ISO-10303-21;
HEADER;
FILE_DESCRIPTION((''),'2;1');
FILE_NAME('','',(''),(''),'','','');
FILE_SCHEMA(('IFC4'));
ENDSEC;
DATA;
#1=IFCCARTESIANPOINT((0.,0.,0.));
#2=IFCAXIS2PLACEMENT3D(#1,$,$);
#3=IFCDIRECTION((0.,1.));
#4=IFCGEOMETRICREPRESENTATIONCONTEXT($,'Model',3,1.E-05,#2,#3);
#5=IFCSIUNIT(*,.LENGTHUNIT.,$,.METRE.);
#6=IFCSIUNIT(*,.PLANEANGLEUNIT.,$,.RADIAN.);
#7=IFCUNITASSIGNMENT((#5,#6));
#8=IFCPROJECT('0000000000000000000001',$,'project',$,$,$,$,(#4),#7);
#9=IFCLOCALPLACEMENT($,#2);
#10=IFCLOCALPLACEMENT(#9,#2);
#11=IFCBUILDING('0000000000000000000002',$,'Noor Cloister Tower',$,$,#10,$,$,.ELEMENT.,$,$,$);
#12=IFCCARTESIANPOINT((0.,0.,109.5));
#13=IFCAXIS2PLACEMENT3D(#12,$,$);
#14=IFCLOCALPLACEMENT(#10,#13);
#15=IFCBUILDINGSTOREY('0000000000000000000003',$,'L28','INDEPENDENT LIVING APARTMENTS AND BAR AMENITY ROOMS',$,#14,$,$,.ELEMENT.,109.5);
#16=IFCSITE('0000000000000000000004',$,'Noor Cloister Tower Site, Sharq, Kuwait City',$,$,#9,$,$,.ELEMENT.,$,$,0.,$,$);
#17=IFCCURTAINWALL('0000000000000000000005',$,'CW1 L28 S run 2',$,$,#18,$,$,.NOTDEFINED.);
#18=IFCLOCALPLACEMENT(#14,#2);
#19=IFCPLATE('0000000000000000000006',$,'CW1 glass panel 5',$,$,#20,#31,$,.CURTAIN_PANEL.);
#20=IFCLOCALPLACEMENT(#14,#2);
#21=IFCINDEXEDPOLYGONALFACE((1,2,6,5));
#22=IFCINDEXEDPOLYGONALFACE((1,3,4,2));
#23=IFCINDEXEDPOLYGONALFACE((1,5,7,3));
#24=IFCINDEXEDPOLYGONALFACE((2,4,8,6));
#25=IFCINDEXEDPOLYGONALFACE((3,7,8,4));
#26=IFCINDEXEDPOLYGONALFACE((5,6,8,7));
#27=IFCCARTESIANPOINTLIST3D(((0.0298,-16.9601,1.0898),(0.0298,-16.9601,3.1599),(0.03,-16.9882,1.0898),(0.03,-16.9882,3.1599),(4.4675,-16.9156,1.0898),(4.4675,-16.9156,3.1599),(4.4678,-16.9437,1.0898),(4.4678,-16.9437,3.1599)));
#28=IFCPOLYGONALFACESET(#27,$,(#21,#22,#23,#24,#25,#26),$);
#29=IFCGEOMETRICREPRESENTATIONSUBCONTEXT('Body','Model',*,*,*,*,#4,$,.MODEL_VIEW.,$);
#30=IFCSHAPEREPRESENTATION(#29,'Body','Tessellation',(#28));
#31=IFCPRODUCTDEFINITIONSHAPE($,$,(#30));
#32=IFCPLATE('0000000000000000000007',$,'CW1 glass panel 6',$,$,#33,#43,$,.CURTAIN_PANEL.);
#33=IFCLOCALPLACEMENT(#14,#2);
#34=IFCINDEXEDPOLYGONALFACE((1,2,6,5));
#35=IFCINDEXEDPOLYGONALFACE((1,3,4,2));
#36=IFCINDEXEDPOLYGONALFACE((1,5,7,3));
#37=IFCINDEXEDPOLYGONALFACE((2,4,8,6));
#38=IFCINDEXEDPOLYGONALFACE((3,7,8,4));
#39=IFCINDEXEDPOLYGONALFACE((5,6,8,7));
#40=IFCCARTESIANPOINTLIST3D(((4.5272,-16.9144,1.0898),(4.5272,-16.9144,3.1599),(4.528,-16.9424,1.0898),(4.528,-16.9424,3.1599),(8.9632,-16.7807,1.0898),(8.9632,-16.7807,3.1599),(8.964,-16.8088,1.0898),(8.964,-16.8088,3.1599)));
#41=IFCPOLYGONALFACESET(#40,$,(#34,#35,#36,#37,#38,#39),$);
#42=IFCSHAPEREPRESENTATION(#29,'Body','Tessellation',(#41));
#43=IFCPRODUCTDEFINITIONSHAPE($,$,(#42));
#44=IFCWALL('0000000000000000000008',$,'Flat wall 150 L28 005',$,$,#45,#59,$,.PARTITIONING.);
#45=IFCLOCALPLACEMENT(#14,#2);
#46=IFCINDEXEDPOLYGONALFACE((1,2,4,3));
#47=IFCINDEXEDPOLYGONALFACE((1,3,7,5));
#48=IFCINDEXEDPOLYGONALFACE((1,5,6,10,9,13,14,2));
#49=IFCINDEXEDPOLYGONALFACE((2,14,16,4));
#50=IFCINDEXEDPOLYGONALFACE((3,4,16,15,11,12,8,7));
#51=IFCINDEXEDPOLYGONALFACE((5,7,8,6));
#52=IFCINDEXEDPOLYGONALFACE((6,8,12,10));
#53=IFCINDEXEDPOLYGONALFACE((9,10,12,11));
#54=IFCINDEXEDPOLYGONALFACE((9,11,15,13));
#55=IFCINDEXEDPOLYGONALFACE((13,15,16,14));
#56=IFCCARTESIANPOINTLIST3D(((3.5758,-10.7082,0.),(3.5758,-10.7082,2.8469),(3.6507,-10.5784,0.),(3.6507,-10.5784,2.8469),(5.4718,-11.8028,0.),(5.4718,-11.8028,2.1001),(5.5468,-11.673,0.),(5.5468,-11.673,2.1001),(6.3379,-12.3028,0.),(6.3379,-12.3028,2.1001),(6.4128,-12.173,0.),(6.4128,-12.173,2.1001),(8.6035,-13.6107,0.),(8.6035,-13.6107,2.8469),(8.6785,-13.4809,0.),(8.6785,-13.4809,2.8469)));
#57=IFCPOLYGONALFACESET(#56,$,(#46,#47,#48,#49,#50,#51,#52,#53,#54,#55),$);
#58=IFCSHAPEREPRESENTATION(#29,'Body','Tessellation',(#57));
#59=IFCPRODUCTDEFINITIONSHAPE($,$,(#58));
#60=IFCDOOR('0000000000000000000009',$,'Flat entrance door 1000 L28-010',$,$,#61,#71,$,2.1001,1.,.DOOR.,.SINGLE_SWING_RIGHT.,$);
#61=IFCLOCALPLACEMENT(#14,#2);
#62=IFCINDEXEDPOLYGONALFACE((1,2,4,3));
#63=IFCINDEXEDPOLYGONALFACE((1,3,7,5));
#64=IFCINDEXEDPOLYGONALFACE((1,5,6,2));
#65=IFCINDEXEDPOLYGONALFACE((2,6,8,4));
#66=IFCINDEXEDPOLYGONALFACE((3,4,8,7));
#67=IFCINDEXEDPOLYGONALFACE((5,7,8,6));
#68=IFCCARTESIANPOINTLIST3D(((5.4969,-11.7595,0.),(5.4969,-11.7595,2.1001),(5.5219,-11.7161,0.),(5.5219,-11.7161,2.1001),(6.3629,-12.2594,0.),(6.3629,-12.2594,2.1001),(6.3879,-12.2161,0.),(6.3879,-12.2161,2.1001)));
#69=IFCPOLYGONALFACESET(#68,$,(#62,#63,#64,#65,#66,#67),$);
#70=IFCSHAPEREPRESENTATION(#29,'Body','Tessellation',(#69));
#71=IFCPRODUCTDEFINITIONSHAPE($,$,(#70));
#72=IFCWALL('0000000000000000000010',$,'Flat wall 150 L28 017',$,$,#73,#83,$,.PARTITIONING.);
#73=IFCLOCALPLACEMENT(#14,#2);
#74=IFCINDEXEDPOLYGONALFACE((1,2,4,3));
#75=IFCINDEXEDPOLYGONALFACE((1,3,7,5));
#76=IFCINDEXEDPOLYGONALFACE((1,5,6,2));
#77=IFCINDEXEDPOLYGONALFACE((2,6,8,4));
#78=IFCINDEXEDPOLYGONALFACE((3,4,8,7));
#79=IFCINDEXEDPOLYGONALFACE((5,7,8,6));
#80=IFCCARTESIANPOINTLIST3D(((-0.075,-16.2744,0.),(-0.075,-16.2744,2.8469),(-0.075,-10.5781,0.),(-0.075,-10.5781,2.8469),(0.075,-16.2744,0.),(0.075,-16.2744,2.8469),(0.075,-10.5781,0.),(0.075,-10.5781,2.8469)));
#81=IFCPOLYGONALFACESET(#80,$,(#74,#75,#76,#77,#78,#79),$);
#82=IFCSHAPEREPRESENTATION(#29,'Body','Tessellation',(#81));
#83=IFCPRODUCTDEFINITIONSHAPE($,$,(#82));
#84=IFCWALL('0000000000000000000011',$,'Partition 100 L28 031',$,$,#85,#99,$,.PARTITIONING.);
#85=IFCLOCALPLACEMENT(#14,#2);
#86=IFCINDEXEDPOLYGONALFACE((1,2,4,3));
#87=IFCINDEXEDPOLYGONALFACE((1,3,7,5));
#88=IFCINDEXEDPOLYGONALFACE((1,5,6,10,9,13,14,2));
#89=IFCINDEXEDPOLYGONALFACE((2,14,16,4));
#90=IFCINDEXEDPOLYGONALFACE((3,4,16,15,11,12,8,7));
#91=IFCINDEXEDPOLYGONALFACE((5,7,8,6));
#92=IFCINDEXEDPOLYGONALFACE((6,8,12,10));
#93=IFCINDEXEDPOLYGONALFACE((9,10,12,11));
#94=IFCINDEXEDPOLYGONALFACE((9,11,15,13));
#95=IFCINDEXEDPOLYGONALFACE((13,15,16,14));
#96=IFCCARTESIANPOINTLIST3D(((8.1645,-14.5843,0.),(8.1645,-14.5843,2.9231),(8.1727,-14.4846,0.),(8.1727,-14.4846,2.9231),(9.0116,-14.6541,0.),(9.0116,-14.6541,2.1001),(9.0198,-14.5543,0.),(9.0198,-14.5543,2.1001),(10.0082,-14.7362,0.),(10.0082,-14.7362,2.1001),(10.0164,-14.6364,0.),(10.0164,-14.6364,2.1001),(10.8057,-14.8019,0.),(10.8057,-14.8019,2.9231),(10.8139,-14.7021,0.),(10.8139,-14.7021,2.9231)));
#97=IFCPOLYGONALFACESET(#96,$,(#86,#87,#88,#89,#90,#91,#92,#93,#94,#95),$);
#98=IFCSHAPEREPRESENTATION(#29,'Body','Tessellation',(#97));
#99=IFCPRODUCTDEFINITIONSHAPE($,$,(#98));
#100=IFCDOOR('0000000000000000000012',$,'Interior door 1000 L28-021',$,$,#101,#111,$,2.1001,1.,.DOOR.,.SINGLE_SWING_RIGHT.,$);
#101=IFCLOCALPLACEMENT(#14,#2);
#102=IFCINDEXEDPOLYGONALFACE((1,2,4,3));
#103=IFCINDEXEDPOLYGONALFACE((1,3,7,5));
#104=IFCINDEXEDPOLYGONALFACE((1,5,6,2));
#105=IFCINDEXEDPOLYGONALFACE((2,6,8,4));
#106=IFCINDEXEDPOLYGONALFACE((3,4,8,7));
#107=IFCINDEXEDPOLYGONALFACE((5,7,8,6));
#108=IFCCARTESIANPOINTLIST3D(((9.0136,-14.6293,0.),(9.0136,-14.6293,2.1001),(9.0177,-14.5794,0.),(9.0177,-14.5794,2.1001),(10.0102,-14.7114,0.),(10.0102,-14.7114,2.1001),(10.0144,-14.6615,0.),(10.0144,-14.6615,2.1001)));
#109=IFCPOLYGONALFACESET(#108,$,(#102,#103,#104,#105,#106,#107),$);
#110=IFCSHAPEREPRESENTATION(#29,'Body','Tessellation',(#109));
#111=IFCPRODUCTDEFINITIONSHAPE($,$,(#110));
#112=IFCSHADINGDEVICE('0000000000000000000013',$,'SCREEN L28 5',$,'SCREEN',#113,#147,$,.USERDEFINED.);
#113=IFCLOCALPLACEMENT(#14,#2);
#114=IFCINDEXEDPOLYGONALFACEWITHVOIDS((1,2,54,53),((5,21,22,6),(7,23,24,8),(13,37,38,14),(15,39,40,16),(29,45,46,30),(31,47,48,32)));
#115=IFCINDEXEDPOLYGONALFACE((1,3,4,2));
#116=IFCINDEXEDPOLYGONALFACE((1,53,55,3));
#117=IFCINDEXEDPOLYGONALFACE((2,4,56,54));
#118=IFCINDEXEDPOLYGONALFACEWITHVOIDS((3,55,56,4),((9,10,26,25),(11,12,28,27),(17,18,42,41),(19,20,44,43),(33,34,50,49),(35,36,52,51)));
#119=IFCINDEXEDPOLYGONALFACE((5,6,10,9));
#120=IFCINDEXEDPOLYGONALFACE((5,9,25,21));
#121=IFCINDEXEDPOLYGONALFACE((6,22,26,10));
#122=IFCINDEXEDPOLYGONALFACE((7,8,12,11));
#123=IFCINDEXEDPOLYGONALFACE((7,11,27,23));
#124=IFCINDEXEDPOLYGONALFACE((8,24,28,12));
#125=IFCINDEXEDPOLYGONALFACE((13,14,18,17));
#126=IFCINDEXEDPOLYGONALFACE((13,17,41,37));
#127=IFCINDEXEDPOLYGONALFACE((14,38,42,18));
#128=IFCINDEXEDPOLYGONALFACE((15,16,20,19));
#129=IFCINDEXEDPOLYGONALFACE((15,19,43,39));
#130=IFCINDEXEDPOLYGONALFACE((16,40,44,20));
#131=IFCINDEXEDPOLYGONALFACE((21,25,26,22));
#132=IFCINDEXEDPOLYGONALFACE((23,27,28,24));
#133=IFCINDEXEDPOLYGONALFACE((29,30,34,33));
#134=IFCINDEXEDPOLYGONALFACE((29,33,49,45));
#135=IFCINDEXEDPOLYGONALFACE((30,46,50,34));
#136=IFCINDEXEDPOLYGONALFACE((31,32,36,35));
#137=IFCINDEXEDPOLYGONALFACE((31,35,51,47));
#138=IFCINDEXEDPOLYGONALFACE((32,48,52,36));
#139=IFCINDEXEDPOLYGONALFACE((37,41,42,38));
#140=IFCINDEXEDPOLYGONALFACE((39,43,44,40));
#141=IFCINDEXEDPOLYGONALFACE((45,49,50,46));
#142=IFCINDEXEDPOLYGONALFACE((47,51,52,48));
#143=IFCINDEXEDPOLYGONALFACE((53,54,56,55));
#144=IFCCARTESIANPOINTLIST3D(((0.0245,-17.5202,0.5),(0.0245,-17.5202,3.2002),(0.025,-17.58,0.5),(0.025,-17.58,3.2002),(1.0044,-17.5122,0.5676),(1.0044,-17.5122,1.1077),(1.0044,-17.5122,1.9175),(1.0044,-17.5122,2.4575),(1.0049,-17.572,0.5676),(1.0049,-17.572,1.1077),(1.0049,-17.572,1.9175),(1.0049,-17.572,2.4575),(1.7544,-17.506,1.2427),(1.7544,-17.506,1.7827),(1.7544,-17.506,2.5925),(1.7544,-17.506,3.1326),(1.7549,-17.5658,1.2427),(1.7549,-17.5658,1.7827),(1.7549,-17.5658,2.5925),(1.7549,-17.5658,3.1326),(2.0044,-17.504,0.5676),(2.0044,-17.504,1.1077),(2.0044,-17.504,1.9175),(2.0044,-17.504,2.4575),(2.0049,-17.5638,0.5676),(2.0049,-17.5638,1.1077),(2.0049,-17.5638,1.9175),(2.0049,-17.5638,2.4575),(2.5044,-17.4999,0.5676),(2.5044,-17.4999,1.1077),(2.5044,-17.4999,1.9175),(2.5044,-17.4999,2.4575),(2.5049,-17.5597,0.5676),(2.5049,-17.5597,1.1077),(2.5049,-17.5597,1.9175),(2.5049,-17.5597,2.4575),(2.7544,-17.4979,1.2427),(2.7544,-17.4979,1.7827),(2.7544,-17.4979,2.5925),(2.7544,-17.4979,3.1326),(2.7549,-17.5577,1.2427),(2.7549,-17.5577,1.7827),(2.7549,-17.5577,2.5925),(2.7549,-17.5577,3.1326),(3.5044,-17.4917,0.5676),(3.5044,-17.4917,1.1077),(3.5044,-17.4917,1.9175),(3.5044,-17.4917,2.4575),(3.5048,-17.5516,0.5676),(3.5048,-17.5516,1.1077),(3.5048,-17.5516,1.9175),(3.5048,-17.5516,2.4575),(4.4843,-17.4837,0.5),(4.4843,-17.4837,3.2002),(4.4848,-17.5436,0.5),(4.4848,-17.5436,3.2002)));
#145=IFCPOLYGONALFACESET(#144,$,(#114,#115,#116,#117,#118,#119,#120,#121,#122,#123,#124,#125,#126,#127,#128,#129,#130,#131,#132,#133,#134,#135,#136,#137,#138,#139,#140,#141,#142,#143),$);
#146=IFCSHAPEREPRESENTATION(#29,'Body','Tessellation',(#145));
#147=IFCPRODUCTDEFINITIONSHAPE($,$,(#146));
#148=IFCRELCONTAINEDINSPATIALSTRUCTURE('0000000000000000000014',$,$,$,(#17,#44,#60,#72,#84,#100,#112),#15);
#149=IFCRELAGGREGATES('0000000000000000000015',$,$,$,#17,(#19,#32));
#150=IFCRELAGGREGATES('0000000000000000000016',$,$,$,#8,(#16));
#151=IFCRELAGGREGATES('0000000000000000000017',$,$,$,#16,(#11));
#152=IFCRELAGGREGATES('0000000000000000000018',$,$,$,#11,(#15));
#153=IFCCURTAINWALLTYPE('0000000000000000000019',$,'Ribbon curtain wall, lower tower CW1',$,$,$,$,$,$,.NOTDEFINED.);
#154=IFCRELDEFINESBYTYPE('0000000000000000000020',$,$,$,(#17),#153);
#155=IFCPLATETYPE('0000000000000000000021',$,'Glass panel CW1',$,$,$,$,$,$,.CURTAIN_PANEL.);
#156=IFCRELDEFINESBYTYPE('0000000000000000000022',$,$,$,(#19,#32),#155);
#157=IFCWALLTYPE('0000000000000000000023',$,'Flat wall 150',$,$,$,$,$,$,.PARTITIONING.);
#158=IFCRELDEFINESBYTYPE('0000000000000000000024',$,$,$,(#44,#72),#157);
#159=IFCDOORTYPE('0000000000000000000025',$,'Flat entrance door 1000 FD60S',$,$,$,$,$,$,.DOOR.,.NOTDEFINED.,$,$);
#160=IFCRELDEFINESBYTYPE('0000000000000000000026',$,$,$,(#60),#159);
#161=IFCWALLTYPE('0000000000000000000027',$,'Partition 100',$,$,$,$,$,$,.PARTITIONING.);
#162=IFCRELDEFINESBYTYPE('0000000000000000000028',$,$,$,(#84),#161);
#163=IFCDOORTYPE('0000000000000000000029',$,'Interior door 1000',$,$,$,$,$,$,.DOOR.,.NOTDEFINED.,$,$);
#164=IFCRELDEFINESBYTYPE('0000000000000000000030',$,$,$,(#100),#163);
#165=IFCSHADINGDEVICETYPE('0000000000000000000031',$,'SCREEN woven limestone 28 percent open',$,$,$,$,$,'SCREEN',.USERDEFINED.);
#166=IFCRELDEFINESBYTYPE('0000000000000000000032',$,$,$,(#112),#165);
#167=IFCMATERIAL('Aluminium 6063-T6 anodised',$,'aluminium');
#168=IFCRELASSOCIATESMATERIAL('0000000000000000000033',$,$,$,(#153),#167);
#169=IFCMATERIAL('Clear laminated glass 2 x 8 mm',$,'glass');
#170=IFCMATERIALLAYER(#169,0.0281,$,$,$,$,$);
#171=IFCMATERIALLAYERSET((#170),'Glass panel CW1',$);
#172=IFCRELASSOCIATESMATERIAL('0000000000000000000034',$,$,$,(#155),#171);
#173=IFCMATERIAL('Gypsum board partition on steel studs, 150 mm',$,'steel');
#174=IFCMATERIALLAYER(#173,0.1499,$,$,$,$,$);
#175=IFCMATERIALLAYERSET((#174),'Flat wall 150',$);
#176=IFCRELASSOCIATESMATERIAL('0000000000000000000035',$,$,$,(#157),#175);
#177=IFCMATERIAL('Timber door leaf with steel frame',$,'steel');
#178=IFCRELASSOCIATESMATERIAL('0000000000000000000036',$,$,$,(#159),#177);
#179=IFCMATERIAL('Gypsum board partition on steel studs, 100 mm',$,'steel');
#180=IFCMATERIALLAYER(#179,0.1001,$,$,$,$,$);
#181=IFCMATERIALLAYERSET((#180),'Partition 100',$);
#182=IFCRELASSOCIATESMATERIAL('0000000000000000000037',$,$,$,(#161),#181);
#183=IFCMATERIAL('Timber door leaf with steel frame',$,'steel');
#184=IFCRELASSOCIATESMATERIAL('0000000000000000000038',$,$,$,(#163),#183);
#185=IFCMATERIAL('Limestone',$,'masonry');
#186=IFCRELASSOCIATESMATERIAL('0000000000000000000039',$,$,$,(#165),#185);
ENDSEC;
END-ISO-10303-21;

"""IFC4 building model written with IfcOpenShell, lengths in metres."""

from ifc_helpers import new_model, si_unit, direction, frame, frame_2d, origin, origin_2d, place, context, subcontext, project, spatial, polyline, rectangle, outline, extrude, material, layer, layer_set, material_profile, profile_set, type_object, element, fill, aggregate, save


model = new_model("IFC4")

# Units and contexts
model_context = context("Model", 3, precision=1e-05, world=origin(), true_north=direction((0.0, 1.0)))
body_context = subcontext(model_context, "Body", "Model", "MODEL_VIEW")
ifc_project = project(units=[si_unit("LENGTHUNIT", "METRE"), si_unit("PLANEANGLEUNIT", "RADIAN")], contexts=[model_context])

# Site, building, storey
site_placement = place(None, origin())
site = spatial("IfcSite", under=ifc_project, at=site_placement, Name="Noor Cloister Tower Site, Sharq, Kuwait City", CompositionType="ELEMENT", RefElevation=0.0)
building_placement = place(site_placement, origin())
building = spatial("IfcBuilding", under=site, at=building_placement, Name="Noor Cloister Tower", CompositionType="ELEMENT")
storey_placement = place(building_placement, frame((0.0, 0.0, 109.5)))
storey = spatial("IfcBuildingStorey", under=building, at=storey_placement, Name="L28", Description="INDEPENDENT LIVING APARTMENTS AND BAR AMENITY ROOMS", CompositionType="ELEMENT", Elevation=109.5)

# Curtain wall
ifc_material_1 = material(Name="Aluminium 6063-T6 anodised", Category="aluminium")
curtain_wall_type = type_object("IfcCurtainWallType", Name="Ribbon curtain wall, lower tower CW1", PredefinedType="NOTDEFINED", material=ifc_material_1)
curtain_wall_placement = place(storey_placement, origin())
curtain_wall = element("IfcCurtainWall", 1, at=curtain_wall_placement, inside=storey, type_object=curtain_wall_type, Name="CW1 L28 S run 2", PredefinedType="NOTDEFINED")

# Plates
ifc_material_2 = material(Name="Clear laminated glass 2 x 8 mm", Category="glass")
ifc_layer_1 = layer(ifc_material_2, 0.0281)
ifc_layer_set_1 = layer_set([ifc_layer_1], Name="Glass panel CW1")
plate_type = type_object("IfcPlateType", Name="Glass panel CW1", PredefinedType="CURTAIN_PANEL", material=ifc_layer_set_1)
plate_1_placement = place(storey_placement, frame((2.2488, -16.9519, 1.0898), z_axis=(0.0, 0.0, 1.0), x_axis=(0.99995, 0.010039, 0.0)))
plate_1 = element("IfcPlate", 2, at=plate_1_placement, type_object=plate_type, Name="CW1 glass panel 5", PredefinedType="CURTAIN_PANEL", context=body_context, shape_type="SweptSolid", body=[
    extrude(rectangle(XDim=4.438, YDim=0.0281, at=origin_2d()), origin(), (0.0, 0.0, 1.0), 2.0701),
])
plate_2_placement = place(storey_placement, frame((6.7456, -16.8616, 1.0898), z_axis=(0.0, 0.0, 1.0), x_axis=(0.999546, 0.030114, 0.0)))
plate_2 = element("IfcPlate", 3, at=plate_2_placement, type_object=plate_type, Name="CW1 glass panel 6", PredefinedType="CURTAIN_PANEL", context=body_context, shape_type="SweptSolid", body=[
    extrude(rectangle(XDim=4.438, YDim=0.0281, at=origin_2d()), origin(), (0.0, 0.0, 1.0), 2.0701),
])
aggregate(curtain_wall, [plate_1, plate_2])

# Wall, opening, door
ifc_material_3 = material(Name="Gypsum board partition on steel studs, 150 mm", Category="steel")
ifc_layer_2 = layer(ifc_material_3, 0.1499)
ifc_layer_set_2 = layer_set([ifc_layer_2], Name="Flat wall 150")
wall_type_1 = type_object("IfcWallType", Name="Flat wall 150", PredefinedType="PARTITIONING", material=ifc_layer_set_2)
wall_1_placement = place(storey_placement, frame((8.6411, -13.5459, 0.0), z_axis=(0.0, 0.0, 1.0), x_axis=(-0.866043, 0.49997, 0.0)))
wall_1 = element("IfcWall", 4, at=wall_1_placement, inside=storey, type_object=wall_type_1, Name="Flat wall 150 L28 005", PredefinedType="PARTITIONING", context=body_context, shape_type="SweptSolid", body=[
    extrude(rectangle(XDim=5.8054, YDim=0.1499, at=frame_2d((2.9028, 0.0))), origin(), (0.0, 0.0, 1.0), 2.8469),
])
opening_1_placement = place(wall_1_placement, frame((2.6162, 0.0, 0.0)))
opening_1 = element("IfcOpeningElement", 5, at=opening_1_placement, cuts=wall_1, PredefinedType="OPENING", context=body_context, shape_type="SweptSolid", body=[
    extrude(rectangle(XDim=1.0, YDim=2.1001, at=frame_2d((0.5, 1.05))), frame((0.0, 0.085, 0.0), z_axis=(0.0, -1.0, 0.0), x_axis=(1.0, 0.0, 0.0)), (0.0, 0.0, 1.0), 0.1699),
])
ifc_material_4 = material(Name="Timber door leaf with steel frame", Category="steel")
door_type_1 = type_object("IfcDoorType", Name="Flat entrance door 1000 FD60S", OperationType="NOTDEFINED", PredefinedType="DOOR", material=ifc_material_4)
door_1_placement = place(opening_1_placement, origin())
door_1 = element("IfcDoor", 6, at=door_1_placement, inside=storey, type_object=door_type_1, Name="Flat entrance door 1000 L28-010", OperationType="SINGLE_SWING_RIGHT", OverallHeight=2.1001, OverallWidth=1.0, PredefinedType="DOOR", context=body_context, shape_type="SweptSolid", body=[
    extrude(rectangle(XDim=1.0, YDim=2.1001, at=frame_2d((0.5, 1.05))), frame((0.0, 0.0249, 0.0), z_axis=(0.0, -1.0, 0.0), x_axis=(1.0, 0.0, 0.0)), (0.0, 0.0, 1.0), 0.05),
])
fill(opening_1, door_1)

# Wall
wall_2_placement = place(storey_placement, frame((0.0, -16.2744, 0.0), z_axis=(0.0, 0.0, 1.0), x_axis=(0.0, 1.0, 0.0)))
element("IfcWall", 7, at=wall_2_placement, inside=storey, type_object=wall_type_1, Name="Flat wall 150 L28 017", PredefinedType="PARTITIONING", context=body_context, shape_type="SweptSolid", body=[
    extrude(rectangle(XDim=5.6963, YDim=0.1499, at=frame_2d((2.8481, 0.0))), origin(), (0.0, 0.0, 1.0), 2.8469),
])

# Wall, opening, door
ifc_material_5 = material(Name="Gypsum board partition on steel studs, 100 mm", Category="steel")
ifc_layer_3 = layer(ifc_material_5, 0.1001)
ifc_layer_set_3 = layer_set([ifc_layer_3], Name="Partition 100")
wall_type_2 = type_object("IfcWallType", Name="Partition 100", PredefinedType="PARTITIONING", material=ifc_layer_set_3)
wall_3_placement = place(storey_placement, frame((8.1685, -14.5344, 0.0), z_axis=(0.0, 0.0, 1.0), x_axis=(0.996625, -0.082085, 0.0)))
wall_3 = element("IfcWall", 8, at=wall_3_placement, inside=storey, type_object=wall_type_2, Name="Partition 100 L28 031", PredefinedType="PARTITIONING", context=body_context, shape_type="SweptSolid", body=[
    extrude(rectangle(XDim=2.6501, YDim=0.1001, at=frame_2d((1.3252, 0.0))), origin(), (0.0, 0.0, 1.0), 2.9231),
])
opening_2_placement = place(wall_3_placement, frame((0.8501, 0.0, 0.0)))
opening_2 = element("IfcOpeningElement", 9, at=opening_2_placement, cuts=wall_3, PredefinedType="OPENING", context=body_context, shape_type="SweptSolid", body=[
    extrude(rectangle(XDim=1.0, YDim=2.1001, at=frame_2d((0.5, 1.05))), frame((0.0, 0.0601, 0.0), z_axis=(0.0, -1.0, 0.0), x_axis=(1.0, 0.0, 0.0)), (0.0, 0.0, 1.0), 0.1201),
])
ifc_material_6 = material(Name="Timber door leaf with steel frame", Category="steel")
door_type_2 = type_object("IfcDoorType", Name="Interior door 1000", OperationType="NOTDEFINED", PredefinedType="DOOR", material=ifc_material_6)
door_2_placement = place(opening_2_placement, origin())
door_2 = element("IfcDoor", 10, at=door_2_placement, inside=storey, type_object=door_type_2, Name="Interior door 1000 L28-021", OperationType="SINGLE_SWING_RIGHT", OverallHeight=2.1001, OverallWidth=1.0, PredefinedType="DOOR", context=body_context, shape_type="SweptSolid", body=[
    extrude(rectangle(XDim=1.0, YDim=2.1001, at=frame_2d((0.5, 1.05))), frame((0.0, 0.0249, 0.0), z_axis=(0.0, -1.0, 0.0), x_axis=(1.0, 0.0, 0.0)), (0.0, 0.0, 1.0), 0.05),
])
fill(opening_2, door_2)

# Shading device
ifc_material_7 = material(Name="Limestone", Category="masonry")
ifc_material_profile_1 = material_profile(ifc_material_7, outline(polyline([(-2.23, -1.3501), (2.23, -1.3501), (2.23, 1.3501), (-2.23, 1.3501), (-2.23, -1.3501)]), holes=[polyline([(-1.25, -1.2825), (-0.25, -1.2825), (-0.25, -0.7424), (-1.25, -0.7424), (-1.25, -1.2825)]), polyline([(0.25, -1.2825), (1.25, -1.2825), (1.25, -0.7424), (0.25, -0.7424), (0.25, -1.2825)]), polyline([(-0.5, -0.6074), (0.5, -0.6074), (0.5, -0.0674), (-0.5, -0.0674), (-0.5, -0.6074)]), polyline([(-1.25, 0.0674), (-0.25, 0.0674), (-0.25, 0.6074), (-1.25, 0.6074), (-1.25, 0.0674)]), polyline([(0.25, 0.0674), (1.25, 0.0674), (1.25, 0.6074), (0.25, 0.6074), (0.25, 0.0674)]), polyline([(-0.5, 0.7424), (0.5, 0.7424), (0.5, 1.2825), (-0.5, 1.2825), (-0.5, 0.7424)])]), Name="Woven screen 28 percent open")
ifc_profile_set_1 = profile_set([ifc_material_profile_1], Name="Limestone")
shading_device_type = type_object("IfcShadingDeviceType", Name="SCREEN woven limestone 28 percent open", ElementType="SCREEN", PredefinedType="USERDEFINED", material=ifc_profile_set_1)
shading_device_1_placement = place(storey_placement, frame((2.2544, -17.502, 1.8501), z_axis=(0.008163, -0.999967, 0.0), x_axis=(0.999967, 0.008163, 0.0)))
element("IfcShadingDevice", 11, at=shading_device_1_placement, inside=storey, type_object=shading_device_type, Name="SCREEN L28 5", ObjectType="SCREEN", PredefinedType="USERDEFINED", context=body_context, shape_type="SweptSolid", body=[
    extrude(outline(polyline([(-2.23, -1.3501), (2.23, -1.3501), (2.23, 1.3501), (-2.23, 1.3501), (-2.23, -1.3501)]), holes=[polyline([(-1.25, -1.2825), (-0.25, -1.2825), (-0.25, -0.7424), (-1.25, -0.7424), (-1.25, -1.2825)]), polyline([(0.25, -1.2825), (1.25, -1.2825), (1.25, -0.7424), (0.25, -0.7424), (0.25, -1.2825)]), polyline([(-0.5, -0.6074), (0.5, -0.6074), (0.5, -0.0674), (-0.5, -0.0674), (-0.5, -0.6074)]), polyline([(-1.25, 0.0674), (-0.25, 0.0674), (-0.25, 0.6074), (-1.25, 0.6074), (-1.25, 0.0674)]), polyline([(0.25, 0.0674), (1.25, 0.0674), (1.25, 0.6074), (0.25, 0.6074), (0.25, 0.0674)]), polyline([(-0.5, 0.7424), (0.5, 0.7424), (0.5, 1.2825), (-0.5, 1.2825), (-0.5, 0.7424)])]), origin(), (0.0, 0.0, 1.0), 0.0598),
])

save(model, "model.ifc")
